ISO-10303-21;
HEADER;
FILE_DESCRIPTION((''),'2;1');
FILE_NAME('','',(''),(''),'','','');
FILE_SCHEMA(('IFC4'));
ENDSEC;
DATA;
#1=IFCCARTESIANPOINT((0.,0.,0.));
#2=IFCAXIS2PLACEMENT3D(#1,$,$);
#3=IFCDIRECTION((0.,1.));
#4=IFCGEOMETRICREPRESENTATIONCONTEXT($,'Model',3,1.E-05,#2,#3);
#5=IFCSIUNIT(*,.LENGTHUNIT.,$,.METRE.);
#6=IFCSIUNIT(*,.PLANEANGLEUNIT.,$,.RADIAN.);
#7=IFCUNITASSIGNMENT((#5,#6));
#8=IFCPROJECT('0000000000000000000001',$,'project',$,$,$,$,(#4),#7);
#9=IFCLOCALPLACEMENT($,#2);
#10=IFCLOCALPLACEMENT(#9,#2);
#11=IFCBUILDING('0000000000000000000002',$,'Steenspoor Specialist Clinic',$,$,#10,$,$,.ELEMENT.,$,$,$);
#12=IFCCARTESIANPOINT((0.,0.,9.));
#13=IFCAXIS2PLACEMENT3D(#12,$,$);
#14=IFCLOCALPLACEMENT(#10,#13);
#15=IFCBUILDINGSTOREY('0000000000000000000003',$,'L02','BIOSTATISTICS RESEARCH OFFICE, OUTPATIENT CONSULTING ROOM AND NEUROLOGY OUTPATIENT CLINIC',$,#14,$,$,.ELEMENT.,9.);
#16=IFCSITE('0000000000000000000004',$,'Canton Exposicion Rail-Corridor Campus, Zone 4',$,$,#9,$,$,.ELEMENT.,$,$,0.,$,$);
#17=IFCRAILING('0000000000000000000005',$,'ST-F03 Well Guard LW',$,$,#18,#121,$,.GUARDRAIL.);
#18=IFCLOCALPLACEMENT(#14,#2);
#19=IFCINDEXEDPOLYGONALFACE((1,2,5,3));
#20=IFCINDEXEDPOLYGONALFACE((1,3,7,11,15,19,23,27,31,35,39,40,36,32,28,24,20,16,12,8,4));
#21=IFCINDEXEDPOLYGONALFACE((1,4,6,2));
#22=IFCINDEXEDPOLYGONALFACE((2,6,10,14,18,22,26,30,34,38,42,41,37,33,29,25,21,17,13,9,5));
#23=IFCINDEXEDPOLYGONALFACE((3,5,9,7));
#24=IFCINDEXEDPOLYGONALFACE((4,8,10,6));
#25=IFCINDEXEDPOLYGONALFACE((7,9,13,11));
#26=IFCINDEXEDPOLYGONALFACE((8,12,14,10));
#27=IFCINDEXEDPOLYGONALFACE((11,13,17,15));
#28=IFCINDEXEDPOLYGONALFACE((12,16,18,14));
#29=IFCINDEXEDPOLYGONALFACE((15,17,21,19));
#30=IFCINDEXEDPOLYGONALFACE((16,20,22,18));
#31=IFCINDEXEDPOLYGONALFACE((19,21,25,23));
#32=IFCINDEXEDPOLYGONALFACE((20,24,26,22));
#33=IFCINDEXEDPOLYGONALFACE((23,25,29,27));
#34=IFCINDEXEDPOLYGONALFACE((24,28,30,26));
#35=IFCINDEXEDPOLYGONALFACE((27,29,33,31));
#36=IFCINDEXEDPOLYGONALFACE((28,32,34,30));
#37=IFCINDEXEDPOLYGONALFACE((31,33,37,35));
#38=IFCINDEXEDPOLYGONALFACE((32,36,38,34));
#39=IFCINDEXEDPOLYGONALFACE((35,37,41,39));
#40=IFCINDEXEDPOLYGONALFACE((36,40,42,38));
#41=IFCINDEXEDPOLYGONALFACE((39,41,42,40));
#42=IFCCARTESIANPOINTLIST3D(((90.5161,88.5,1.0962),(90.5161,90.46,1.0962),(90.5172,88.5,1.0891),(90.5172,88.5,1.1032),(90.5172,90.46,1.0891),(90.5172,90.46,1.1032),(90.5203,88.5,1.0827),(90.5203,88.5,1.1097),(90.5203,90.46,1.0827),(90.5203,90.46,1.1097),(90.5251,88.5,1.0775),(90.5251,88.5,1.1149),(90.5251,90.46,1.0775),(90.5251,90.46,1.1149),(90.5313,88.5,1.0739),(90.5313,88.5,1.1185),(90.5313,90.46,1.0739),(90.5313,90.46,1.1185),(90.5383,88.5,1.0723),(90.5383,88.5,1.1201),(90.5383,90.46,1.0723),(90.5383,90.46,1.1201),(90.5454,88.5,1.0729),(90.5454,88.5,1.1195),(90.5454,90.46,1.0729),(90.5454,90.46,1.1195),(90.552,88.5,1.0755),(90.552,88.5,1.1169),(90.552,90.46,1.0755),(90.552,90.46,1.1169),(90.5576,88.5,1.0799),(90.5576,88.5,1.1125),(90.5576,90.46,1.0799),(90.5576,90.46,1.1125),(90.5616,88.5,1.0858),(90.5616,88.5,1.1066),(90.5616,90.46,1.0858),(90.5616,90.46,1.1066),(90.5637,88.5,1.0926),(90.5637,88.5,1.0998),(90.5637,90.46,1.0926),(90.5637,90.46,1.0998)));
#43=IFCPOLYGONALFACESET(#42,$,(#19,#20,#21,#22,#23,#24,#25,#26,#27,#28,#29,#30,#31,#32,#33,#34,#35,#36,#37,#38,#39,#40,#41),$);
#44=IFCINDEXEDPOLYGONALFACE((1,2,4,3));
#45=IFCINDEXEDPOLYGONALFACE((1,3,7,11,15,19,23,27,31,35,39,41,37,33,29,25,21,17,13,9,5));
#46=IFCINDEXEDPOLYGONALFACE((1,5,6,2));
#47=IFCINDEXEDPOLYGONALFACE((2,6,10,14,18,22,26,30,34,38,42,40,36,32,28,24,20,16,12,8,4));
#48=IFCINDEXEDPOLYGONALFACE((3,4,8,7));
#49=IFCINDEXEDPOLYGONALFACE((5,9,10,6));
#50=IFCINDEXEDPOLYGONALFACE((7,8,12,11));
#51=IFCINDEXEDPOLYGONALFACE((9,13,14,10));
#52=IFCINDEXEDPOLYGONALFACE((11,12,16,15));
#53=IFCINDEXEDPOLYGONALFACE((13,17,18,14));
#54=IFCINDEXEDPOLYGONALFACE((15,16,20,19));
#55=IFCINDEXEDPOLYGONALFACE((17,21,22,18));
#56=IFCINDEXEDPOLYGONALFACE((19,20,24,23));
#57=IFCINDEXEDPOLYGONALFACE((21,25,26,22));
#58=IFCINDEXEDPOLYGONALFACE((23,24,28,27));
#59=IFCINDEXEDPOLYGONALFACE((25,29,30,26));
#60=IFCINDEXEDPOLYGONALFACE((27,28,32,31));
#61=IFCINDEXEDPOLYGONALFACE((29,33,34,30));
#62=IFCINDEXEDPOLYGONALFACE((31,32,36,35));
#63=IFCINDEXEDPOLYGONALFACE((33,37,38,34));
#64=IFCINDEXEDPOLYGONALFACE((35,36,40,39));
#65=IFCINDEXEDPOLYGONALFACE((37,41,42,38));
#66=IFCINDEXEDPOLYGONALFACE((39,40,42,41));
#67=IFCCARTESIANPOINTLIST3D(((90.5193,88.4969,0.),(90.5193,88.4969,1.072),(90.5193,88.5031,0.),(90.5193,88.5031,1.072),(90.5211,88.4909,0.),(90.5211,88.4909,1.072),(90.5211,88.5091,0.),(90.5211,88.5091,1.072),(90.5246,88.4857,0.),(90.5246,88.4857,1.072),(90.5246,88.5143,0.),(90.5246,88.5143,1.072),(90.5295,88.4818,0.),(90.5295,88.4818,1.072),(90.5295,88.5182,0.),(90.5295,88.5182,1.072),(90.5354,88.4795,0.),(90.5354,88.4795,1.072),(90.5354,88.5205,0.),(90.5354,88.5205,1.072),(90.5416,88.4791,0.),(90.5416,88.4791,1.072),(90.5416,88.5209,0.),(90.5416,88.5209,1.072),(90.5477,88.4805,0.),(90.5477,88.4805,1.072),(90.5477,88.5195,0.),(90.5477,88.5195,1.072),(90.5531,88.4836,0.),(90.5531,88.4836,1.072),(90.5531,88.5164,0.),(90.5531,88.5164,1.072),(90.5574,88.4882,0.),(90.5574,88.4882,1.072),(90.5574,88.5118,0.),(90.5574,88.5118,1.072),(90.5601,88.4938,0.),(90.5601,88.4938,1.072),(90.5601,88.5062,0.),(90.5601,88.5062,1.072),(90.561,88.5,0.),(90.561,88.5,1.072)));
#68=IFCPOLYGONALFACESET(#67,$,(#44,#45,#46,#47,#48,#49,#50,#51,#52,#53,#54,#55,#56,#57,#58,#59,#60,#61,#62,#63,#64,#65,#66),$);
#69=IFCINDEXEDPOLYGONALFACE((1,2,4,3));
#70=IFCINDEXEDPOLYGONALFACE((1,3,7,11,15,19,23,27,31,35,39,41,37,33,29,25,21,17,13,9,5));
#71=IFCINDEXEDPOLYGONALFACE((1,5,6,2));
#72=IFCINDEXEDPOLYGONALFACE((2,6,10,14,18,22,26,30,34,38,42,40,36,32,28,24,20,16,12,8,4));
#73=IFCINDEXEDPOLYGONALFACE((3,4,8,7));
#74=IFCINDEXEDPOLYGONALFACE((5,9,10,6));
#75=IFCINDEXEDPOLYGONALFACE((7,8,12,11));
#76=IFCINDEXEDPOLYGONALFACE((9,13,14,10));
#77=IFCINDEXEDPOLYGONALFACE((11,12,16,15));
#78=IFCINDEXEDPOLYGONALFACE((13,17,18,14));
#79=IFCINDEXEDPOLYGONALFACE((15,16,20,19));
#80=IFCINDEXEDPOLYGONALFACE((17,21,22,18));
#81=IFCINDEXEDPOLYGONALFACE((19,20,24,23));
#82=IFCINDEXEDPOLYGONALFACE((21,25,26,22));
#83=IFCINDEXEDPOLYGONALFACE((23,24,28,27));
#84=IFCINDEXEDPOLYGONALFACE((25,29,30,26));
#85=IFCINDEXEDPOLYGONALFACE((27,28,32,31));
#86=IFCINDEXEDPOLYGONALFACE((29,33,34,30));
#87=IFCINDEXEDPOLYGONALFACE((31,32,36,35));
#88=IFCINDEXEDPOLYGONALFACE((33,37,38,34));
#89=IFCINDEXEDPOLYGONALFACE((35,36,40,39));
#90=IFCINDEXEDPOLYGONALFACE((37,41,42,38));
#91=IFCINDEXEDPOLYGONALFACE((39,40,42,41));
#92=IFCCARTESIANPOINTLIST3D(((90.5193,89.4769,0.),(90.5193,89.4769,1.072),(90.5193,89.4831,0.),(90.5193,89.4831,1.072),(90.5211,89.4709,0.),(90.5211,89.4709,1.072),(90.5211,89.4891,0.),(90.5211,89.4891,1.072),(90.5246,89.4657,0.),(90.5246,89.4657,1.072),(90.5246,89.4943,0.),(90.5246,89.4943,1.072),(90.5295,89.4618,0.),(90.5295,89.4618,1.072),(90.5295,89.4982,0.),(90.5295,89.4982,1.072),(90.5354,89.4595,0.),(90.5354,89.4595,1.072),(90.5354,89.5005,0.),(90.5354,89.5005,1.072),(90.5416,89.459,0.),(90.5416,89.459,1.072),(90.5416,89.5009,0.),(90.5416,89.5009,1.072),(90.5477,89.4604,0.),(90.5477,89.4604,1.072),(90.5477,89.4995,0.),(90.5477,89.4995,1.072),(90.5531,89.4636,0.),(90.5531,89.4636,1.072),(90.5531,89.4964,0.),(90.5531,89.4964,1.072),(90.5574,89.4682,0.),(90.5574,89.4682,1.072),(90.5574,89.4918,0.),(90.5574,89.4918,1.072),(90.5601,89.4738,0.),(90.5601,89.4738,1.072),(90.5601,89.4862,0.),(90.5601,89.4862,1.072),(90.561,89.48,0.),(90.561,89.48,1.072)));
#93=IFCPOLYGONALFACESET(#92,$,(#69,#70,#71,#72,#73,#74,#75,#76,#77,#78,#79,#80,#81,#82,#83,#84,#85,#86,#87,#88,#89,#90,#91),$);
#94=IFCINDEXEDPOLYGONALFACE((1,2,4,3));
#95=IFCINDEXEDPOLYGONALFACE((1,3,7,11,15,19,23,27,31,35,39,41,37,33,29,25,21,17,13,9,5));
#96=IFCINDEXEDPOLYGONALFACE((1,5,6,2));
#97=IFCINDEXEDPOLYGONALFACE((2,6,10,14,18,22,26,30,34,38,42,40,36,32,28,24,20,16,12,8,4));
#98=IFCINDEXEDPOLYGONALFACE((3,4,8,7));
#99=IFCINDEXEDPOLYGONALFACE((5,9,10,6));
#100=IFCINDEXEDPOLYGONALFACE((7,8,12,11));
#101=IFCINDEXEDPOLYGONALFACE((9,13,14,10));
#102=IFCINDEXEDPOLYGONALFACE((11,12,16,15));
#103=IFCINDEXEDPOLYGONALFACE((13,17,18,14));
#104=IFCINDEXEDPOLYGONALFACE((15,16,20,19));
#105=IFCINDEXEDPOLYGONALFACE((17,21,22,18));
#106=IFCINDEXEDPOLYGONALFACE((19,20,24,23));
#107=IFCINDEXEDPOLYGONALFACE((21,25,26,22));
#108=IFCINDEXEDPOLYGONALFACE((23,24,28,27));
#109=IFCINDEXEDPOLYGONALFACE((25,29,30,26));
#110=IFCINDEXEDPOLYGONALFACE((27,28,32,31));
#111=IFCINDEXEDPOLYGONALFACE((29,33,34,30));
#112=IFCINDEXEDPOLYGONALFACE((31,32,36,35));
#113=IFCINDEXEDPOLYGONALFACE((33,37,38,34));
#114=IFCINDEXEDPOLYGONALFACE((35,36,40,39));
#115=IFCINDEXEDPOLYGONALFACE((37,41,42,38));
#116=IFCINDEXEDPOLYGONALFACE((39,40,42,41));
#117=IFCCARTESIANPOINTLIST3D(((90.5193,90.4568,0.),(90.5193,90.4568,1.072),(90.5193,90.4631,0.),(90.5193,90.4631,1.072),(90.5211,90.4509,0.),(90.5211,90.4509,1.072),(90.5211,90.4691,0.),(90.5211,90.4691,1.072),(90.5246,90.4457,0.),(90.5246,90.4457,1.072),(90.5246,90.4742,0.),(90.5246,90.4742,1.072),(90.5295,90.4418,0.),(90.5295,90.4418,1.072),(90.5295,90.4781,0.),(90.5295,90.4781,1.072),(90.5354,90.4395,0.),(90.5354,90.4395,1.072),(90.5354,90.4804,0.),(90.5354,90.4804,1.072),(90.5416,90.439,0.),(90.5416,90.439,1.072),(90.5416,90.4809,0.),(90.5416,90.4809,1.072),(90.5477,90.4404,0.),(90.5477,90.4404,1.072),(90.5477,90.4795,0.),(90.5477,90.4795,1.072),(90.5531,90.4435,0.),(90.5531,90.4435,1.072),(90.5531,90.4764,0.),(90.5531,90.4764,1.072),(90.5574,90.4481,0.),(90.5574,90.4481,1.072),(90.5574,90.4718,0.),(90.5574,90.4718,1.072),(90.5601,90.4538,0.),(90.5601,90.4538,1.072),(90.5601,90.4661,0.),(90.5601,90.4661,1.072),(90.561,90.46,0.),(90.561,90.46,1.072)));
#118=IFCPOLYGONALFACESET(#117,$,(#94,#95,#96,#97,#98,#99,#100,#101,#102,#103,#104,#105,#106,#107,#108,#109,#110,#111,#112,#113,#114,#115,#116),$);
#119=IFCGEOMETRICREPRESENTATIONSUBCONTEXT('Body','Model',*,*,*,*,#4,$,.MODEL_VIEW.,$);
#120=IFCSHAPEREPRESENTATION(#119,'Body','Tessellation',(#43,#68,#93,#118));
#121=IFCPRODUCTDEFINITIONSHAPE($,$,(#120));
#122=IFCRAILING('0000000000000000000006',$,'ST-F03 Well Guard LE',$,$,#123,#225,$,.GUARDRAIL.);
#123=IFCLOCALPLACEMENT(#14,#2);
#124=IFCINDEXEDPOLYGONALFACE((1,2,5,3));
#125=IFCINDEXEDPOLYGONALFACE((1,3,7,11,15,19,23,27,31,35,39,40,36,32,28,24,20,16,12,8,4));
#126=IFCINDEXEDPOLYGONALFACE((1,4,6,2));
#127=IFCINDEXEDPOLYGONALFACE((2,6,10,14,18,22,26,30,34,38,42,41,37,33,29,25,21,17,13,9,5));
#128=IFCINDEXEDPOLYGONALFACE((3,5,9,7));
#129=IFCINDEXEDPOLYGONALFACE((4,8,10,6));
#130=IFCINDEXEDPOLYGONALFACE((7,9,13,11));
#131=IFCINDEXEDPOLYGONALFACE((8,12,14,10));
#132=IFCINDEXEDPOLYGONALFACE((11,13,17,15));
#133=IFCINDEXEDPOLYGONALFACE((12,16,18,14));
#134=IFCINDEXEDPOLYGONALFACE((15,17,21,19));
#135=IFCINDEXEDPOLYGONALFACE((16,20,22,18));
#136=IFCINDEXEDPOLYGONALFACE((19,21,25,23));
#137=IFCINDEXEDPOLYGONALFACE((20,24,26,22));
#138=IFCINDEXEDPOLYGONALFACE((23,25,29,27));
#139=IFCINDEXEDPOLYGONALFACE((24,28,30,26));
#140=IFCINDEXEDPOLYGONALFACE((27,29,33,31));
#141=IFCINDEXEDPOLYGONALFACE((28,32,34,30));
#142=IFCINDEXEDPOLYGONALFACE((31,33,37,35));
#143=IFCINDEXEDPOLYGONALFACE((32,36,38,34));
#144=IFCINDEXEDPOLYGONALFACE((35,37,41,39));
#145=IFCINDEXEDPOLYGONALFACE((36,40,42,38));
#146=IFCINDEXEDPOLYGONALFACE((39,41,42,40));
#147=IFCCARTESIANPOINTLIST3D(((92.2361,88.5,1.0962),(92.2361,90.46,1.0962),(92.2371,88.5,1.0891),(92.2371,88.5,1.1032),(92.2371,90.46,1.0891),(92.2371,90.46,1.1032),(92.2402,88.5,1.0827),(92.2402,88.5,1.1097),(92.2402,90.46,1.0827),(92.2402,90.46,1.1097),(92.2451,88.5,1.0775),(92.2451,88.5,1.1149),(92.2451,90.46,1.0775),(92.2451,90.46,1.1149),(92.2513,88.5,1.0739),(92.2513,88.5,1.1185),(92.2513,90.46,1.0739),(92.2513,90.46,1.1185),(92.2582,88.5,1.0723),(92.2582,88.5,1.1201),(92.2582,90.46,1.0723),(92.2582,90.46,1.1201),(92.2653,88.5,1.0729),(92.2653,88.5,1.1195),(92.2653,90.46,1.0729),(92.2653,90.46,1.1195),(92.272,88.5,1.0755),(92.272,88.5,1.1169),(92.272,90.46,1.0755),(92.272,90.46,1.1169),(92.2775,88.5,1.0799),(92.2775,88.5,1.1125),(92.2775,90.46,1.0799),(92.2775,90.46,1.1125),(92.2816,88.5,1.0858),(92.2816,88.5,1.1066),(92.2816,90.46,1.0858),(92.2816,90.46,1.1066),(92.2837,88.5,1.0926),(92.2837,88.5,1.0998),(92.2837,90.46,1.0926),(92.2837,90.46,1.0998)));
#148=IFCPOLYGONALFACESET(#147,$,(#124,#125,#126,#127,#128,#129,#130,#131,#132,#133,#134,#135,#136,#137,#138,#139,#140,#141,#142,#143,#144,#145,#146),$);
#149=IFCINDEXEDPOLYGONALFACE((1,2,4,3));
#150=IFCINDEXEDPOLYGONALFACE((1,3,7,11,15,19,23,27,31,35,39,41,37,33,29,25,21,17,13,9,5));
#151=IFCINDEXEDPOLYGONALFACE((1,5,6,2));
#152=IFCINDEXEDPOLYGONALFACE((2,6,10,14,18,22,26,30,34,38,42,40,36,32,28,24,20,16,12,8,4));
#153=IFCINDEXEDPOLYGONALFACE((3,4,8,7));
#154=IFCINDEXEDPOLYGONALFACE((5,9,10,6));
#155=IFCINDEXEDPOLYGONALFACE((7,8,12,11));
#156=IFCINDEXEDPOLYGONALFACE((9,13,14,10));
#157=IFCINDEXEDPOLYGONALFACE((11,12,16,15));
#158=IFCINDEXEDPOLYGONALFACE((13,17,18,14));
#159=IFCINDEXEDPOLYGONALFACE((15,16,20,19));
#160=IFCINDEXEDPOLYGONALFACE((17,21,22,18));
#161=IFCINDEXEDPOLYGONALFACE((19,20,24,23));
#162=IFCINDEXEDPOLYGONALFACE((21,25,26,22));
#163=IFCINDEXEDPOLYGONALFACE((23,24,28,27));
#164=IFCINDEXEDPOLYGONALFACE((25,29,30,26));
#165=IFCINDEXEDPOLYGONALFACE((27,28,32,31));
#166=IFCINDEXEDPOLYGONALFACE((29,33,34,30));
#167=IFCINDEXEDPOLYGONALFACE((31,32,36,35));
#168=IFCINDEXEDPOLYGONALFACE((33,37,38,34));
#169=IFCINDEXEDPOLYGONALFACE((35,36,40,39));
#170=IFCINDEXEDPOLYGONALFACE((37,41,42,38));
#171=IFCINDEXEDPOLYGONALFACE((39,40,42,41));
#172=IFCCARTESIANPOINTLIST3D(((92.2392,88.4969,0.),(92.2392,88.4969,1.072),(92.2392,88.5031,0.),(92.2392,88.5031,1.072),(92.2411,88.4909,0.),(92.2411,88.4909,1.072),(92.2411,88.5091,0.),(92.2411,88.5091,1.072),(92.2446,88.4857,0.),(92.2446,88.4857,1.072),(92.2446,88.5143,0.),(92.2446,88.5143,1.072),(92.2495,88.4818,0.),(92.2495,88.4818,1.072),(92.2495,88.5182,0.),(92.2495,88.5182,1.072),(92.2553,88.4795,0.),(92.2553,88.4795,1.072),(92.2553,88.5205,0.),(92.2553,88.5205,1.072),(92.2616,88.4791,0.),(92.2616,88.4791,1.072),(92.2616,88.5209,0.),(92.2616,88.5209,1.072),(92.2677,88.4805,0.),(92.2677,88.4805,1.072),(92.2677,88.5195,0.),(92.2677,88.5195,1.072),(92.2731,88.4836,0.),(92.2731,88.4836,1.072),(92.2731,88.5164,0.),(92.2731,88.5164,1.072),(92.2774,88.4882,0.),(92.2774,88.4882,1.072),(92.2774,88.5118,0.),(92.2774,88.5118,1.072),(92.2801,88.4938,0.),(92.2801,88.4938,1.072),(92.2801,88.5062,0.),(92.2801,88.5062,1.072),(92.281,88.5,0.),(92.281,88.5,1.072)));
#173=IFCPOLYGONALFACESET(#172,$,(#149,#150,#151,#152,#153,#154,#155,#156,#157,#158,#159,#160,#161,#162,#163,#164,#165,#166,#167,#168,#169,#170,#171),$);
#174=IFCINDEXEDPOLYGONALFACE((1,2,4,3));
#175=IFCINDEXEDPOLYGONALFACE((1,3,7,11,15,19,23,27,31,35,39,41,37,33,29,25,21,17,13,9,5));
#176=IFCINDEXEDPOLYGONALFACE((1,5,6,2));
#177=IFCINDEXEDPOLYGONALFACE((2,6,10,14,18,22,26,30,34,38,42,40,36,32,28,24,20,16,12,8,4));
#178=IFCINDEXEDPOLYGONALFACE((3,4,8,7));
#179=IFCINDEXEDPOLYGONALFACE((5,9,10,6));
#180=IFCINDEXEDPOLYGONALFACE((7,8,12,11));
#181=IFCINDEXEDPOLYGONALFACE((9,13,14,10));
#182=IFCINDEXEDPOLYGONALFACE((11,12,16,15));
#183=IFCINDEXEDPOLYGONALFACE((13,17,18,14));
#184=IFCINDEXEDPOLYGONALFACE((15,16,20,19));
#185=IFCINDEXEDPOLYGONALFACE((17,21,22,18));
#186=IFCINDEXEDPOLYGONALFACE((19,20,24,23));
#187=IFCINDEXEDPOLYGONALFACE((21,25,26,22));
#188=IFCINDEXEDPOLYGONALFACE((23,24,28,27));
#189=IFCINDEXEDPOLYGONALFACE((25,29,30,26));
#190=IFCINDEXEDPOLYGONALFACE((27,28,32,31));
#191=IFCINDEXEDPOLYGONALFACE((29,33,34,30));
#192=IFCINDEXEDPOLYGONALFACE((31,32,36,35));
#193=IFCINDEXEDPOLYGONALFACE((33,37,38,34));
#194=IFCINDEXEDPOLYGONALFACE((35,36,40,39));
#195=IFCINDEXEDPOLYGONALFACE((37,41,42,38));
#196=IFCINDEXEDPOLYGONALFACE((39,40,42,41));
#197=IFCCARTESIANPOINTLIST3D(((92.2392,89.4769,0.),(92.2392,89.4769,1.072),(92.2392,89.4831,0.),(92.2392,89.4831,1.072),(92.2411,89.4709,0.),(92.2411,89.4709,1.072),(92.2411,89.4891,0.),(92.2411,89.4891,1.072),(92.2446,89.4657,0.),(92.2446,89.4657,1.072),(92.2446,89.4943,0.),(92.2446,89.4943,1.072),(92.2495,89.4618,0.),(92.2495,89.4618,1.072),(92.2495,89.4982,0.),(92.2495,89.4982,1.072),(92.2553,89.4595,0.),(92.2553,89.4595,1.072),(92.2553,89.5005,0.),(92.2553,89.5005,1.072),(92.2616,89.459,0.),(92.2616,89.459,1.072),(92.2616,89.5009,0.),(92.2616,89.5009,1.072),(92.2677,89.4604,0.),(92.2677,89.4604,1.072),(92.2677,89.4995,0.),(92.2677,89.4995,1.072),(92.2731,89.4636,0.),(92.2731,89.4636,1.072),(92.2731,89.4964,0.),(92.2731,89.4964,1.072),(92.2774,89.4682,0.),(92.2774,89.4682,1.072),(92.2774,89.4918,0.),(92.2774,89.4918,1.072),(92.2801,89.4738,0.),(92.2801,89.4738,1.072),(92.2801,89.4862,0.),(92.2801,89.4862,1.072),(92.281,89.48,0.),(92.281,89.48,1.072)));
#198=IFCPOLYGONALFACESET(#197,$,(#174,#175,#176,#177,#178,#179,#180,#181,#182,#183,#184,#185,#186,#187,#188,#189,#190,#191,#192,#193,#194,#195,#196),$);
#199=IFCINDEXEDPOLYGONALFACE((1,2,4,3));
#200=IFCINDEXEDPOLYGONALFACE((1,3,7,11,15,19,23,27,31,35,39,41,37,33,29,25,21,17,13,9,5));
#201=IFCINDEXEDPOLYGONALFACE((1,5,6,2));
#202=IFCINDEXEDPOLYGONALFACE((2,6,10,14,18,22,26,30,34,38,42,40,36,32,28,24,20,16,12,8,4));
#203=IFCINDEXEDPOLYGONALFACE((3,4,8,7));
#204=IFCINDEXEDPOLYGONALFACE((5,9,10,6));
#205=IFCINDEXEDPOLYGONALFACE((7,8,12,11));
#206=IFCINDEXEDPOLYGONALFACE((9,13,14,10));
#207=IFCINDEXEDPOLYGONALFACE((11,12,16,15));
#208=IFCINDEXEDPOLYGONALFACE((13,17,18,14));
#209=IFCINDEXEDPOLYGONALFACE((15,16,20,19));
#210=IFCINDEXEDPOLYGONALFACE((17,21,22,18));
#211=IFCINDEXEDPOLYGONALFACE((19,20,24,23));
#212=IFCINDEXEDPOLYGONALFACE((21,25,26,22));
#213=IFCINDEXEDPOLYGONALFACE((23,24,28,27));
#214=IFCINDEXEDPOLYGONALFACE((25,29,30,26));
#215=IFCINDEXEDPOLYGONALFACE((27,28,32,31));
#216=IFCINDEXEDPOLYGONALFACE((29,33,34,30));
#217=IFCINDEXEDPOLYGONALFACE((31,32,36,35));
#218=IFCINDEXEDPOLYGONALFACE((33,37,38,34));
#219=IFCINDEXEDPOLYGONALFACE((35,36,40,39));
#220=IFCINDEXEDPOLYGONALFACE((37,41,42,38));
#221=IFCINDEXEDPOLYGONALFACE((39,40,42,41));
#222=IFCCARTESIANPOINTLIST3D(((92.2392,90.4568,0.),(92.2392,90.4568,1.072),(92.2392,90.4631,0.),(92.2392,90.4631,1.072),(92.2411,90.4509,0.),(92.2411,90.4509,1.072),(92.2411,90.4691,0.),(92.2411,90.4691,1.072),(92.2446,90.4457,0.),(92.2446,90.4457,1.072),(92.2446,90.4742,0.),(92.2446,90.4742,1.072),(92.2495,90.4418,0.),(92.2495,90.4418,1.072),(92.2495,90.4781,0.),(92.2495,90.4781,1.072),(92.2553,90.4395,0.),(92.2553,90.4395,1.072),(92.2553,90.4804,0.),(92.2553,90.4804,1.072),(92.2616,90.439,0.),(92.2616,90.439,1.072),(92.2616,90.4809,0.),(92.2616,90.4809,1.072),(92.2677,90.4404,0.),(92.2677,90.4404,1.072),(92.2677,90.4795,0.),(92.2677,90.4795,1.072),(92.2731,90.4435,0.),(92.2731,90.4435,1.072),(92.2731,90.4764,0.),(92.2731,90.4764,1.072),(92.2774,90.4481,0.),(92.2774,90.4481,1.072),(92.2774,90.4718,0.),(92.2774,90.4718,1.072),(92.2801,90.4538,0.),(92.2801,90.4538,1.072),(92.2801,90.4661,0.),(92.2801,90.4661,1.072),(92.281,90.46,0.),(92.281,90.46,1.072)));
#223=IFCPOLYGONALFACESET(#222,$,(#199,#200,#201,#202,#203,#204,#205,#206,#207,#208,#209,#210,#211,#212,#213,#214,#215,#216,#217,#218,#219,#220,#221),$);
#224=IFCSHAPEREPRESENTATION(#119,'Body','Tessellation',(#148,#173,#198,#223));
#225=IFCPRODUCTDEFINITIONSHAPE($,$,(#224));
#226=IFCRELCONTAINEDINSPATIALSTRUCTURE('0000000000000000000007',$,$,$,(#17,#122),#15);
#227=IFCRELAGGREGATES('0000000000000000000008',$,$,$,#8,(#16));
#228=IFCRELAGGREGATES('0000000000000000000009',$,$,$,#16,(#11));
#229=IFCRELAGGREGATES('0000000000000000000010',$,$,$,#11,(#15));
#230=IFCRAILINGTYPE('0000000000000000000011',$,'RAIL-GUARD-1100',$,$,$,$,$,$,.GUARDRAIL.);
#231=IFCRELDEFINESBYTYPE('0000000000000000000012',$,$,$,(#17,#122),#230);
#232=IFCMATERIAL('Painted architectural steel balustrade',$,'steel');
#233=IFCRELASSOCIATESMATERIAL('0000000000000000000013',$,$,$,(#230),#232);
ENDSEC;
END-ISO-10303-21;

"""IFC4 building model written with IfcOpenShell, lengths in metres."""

from ifc_helpers import new_model, si_unit, direction, frame, origin, origin_2d, place, context, subcontext, project, spatial, circle, extrude, material, type_object, element, save


model = new_model("IFC4")

# Units and contexts
model_context = context("Model", 3, precision=1e-05, world=origin(), true_north=direction((0.0, 1.0)))
body_context = subcontext(model_context, "Body", "Model", "MODEL_VIEW")
ifc_project = project(units=[si_unit("LENGTHUNIT", "METRE"), si_unit("PLANEANGLEUNIT", "RADIAN")], contexts=[model_context])

# Site, building, storey
site_placement = place(None, origin())
site = spatial("IfcSite", under=ifc_project, at=site_placement, Name="Canton Exposicion Rail-Corridor Campus, Zone 4", CompositionType="ELEMENT", RefElevation=0.0)
building_placement = place(site_placement, origin())
building = spatial("IfcBuilding", under=site, at=building_placement, Name="Steenspoor Specialist Clinic", CompositionType="ELEMENT")
storey_placement = place(building_placement, frame((0.0, 0.0, 9.0)))
storey = spatial("IfcBuildingStorey", under=building, at=storey_placement, Name="L02", Description="BIOSTATISTICS RESEARCH OFFICE, OUTPATIENT CONSULTING ROOM AND NEUROLOGY OUTPATIENT CLINIC", CompositionType="ELEMENT", Elevation=9.0)

# Railings
ifc_material_1 = material(Name="Painted architectural steel balustrade", Category="steel")
railing_type = type_object("IfcRailingType", Name="RAIL-GUARD-1100", PredefinedType="GUARDRAIL", material=ifc_material_1)
for number, where, name in (
    (1, (90.54, 88.5, 0.0), "ST-F03 Well Guard LW"),
    (2, (92.26, 88.5, 0.0), "ST-F03 Well Guard LE"),
):
    element("IfcRailing", number, at=place(storey_placement, frame(where)), inside=storey, type_object=railing_type, Name=name, PredefinedType="GUARDRAIL", context=body_context, shape_type="SweptSolid", body=[
        extrude(circle(Radius=0.0239, at=origin_2d()), frame((0.0, 0.0, 1.0962), z_axis=(0.0, 1.0, 0.0), x_axis=(-1.0, 0.0, 0.0)), (0.0, 0.0, 1.0), 1.96),
        extrude(circle(Radius=0.021, at=origin_2d()), origin(), (0.0, 0.0, 1.0), 1.072),
        extrude(circle(Radius=0.021, at=origin_2d()), frame((0.0, 0.98, 0.0)), (0.0, 0.0, 1.0), 1.072),
        extrude(circle(Radius=0.021, at=origin_2d()), frame((0.0, 1.96, 0.0)), (0.0, 0.0, 1.0), 1.072),
    ])

save(model, "model.ifc")
